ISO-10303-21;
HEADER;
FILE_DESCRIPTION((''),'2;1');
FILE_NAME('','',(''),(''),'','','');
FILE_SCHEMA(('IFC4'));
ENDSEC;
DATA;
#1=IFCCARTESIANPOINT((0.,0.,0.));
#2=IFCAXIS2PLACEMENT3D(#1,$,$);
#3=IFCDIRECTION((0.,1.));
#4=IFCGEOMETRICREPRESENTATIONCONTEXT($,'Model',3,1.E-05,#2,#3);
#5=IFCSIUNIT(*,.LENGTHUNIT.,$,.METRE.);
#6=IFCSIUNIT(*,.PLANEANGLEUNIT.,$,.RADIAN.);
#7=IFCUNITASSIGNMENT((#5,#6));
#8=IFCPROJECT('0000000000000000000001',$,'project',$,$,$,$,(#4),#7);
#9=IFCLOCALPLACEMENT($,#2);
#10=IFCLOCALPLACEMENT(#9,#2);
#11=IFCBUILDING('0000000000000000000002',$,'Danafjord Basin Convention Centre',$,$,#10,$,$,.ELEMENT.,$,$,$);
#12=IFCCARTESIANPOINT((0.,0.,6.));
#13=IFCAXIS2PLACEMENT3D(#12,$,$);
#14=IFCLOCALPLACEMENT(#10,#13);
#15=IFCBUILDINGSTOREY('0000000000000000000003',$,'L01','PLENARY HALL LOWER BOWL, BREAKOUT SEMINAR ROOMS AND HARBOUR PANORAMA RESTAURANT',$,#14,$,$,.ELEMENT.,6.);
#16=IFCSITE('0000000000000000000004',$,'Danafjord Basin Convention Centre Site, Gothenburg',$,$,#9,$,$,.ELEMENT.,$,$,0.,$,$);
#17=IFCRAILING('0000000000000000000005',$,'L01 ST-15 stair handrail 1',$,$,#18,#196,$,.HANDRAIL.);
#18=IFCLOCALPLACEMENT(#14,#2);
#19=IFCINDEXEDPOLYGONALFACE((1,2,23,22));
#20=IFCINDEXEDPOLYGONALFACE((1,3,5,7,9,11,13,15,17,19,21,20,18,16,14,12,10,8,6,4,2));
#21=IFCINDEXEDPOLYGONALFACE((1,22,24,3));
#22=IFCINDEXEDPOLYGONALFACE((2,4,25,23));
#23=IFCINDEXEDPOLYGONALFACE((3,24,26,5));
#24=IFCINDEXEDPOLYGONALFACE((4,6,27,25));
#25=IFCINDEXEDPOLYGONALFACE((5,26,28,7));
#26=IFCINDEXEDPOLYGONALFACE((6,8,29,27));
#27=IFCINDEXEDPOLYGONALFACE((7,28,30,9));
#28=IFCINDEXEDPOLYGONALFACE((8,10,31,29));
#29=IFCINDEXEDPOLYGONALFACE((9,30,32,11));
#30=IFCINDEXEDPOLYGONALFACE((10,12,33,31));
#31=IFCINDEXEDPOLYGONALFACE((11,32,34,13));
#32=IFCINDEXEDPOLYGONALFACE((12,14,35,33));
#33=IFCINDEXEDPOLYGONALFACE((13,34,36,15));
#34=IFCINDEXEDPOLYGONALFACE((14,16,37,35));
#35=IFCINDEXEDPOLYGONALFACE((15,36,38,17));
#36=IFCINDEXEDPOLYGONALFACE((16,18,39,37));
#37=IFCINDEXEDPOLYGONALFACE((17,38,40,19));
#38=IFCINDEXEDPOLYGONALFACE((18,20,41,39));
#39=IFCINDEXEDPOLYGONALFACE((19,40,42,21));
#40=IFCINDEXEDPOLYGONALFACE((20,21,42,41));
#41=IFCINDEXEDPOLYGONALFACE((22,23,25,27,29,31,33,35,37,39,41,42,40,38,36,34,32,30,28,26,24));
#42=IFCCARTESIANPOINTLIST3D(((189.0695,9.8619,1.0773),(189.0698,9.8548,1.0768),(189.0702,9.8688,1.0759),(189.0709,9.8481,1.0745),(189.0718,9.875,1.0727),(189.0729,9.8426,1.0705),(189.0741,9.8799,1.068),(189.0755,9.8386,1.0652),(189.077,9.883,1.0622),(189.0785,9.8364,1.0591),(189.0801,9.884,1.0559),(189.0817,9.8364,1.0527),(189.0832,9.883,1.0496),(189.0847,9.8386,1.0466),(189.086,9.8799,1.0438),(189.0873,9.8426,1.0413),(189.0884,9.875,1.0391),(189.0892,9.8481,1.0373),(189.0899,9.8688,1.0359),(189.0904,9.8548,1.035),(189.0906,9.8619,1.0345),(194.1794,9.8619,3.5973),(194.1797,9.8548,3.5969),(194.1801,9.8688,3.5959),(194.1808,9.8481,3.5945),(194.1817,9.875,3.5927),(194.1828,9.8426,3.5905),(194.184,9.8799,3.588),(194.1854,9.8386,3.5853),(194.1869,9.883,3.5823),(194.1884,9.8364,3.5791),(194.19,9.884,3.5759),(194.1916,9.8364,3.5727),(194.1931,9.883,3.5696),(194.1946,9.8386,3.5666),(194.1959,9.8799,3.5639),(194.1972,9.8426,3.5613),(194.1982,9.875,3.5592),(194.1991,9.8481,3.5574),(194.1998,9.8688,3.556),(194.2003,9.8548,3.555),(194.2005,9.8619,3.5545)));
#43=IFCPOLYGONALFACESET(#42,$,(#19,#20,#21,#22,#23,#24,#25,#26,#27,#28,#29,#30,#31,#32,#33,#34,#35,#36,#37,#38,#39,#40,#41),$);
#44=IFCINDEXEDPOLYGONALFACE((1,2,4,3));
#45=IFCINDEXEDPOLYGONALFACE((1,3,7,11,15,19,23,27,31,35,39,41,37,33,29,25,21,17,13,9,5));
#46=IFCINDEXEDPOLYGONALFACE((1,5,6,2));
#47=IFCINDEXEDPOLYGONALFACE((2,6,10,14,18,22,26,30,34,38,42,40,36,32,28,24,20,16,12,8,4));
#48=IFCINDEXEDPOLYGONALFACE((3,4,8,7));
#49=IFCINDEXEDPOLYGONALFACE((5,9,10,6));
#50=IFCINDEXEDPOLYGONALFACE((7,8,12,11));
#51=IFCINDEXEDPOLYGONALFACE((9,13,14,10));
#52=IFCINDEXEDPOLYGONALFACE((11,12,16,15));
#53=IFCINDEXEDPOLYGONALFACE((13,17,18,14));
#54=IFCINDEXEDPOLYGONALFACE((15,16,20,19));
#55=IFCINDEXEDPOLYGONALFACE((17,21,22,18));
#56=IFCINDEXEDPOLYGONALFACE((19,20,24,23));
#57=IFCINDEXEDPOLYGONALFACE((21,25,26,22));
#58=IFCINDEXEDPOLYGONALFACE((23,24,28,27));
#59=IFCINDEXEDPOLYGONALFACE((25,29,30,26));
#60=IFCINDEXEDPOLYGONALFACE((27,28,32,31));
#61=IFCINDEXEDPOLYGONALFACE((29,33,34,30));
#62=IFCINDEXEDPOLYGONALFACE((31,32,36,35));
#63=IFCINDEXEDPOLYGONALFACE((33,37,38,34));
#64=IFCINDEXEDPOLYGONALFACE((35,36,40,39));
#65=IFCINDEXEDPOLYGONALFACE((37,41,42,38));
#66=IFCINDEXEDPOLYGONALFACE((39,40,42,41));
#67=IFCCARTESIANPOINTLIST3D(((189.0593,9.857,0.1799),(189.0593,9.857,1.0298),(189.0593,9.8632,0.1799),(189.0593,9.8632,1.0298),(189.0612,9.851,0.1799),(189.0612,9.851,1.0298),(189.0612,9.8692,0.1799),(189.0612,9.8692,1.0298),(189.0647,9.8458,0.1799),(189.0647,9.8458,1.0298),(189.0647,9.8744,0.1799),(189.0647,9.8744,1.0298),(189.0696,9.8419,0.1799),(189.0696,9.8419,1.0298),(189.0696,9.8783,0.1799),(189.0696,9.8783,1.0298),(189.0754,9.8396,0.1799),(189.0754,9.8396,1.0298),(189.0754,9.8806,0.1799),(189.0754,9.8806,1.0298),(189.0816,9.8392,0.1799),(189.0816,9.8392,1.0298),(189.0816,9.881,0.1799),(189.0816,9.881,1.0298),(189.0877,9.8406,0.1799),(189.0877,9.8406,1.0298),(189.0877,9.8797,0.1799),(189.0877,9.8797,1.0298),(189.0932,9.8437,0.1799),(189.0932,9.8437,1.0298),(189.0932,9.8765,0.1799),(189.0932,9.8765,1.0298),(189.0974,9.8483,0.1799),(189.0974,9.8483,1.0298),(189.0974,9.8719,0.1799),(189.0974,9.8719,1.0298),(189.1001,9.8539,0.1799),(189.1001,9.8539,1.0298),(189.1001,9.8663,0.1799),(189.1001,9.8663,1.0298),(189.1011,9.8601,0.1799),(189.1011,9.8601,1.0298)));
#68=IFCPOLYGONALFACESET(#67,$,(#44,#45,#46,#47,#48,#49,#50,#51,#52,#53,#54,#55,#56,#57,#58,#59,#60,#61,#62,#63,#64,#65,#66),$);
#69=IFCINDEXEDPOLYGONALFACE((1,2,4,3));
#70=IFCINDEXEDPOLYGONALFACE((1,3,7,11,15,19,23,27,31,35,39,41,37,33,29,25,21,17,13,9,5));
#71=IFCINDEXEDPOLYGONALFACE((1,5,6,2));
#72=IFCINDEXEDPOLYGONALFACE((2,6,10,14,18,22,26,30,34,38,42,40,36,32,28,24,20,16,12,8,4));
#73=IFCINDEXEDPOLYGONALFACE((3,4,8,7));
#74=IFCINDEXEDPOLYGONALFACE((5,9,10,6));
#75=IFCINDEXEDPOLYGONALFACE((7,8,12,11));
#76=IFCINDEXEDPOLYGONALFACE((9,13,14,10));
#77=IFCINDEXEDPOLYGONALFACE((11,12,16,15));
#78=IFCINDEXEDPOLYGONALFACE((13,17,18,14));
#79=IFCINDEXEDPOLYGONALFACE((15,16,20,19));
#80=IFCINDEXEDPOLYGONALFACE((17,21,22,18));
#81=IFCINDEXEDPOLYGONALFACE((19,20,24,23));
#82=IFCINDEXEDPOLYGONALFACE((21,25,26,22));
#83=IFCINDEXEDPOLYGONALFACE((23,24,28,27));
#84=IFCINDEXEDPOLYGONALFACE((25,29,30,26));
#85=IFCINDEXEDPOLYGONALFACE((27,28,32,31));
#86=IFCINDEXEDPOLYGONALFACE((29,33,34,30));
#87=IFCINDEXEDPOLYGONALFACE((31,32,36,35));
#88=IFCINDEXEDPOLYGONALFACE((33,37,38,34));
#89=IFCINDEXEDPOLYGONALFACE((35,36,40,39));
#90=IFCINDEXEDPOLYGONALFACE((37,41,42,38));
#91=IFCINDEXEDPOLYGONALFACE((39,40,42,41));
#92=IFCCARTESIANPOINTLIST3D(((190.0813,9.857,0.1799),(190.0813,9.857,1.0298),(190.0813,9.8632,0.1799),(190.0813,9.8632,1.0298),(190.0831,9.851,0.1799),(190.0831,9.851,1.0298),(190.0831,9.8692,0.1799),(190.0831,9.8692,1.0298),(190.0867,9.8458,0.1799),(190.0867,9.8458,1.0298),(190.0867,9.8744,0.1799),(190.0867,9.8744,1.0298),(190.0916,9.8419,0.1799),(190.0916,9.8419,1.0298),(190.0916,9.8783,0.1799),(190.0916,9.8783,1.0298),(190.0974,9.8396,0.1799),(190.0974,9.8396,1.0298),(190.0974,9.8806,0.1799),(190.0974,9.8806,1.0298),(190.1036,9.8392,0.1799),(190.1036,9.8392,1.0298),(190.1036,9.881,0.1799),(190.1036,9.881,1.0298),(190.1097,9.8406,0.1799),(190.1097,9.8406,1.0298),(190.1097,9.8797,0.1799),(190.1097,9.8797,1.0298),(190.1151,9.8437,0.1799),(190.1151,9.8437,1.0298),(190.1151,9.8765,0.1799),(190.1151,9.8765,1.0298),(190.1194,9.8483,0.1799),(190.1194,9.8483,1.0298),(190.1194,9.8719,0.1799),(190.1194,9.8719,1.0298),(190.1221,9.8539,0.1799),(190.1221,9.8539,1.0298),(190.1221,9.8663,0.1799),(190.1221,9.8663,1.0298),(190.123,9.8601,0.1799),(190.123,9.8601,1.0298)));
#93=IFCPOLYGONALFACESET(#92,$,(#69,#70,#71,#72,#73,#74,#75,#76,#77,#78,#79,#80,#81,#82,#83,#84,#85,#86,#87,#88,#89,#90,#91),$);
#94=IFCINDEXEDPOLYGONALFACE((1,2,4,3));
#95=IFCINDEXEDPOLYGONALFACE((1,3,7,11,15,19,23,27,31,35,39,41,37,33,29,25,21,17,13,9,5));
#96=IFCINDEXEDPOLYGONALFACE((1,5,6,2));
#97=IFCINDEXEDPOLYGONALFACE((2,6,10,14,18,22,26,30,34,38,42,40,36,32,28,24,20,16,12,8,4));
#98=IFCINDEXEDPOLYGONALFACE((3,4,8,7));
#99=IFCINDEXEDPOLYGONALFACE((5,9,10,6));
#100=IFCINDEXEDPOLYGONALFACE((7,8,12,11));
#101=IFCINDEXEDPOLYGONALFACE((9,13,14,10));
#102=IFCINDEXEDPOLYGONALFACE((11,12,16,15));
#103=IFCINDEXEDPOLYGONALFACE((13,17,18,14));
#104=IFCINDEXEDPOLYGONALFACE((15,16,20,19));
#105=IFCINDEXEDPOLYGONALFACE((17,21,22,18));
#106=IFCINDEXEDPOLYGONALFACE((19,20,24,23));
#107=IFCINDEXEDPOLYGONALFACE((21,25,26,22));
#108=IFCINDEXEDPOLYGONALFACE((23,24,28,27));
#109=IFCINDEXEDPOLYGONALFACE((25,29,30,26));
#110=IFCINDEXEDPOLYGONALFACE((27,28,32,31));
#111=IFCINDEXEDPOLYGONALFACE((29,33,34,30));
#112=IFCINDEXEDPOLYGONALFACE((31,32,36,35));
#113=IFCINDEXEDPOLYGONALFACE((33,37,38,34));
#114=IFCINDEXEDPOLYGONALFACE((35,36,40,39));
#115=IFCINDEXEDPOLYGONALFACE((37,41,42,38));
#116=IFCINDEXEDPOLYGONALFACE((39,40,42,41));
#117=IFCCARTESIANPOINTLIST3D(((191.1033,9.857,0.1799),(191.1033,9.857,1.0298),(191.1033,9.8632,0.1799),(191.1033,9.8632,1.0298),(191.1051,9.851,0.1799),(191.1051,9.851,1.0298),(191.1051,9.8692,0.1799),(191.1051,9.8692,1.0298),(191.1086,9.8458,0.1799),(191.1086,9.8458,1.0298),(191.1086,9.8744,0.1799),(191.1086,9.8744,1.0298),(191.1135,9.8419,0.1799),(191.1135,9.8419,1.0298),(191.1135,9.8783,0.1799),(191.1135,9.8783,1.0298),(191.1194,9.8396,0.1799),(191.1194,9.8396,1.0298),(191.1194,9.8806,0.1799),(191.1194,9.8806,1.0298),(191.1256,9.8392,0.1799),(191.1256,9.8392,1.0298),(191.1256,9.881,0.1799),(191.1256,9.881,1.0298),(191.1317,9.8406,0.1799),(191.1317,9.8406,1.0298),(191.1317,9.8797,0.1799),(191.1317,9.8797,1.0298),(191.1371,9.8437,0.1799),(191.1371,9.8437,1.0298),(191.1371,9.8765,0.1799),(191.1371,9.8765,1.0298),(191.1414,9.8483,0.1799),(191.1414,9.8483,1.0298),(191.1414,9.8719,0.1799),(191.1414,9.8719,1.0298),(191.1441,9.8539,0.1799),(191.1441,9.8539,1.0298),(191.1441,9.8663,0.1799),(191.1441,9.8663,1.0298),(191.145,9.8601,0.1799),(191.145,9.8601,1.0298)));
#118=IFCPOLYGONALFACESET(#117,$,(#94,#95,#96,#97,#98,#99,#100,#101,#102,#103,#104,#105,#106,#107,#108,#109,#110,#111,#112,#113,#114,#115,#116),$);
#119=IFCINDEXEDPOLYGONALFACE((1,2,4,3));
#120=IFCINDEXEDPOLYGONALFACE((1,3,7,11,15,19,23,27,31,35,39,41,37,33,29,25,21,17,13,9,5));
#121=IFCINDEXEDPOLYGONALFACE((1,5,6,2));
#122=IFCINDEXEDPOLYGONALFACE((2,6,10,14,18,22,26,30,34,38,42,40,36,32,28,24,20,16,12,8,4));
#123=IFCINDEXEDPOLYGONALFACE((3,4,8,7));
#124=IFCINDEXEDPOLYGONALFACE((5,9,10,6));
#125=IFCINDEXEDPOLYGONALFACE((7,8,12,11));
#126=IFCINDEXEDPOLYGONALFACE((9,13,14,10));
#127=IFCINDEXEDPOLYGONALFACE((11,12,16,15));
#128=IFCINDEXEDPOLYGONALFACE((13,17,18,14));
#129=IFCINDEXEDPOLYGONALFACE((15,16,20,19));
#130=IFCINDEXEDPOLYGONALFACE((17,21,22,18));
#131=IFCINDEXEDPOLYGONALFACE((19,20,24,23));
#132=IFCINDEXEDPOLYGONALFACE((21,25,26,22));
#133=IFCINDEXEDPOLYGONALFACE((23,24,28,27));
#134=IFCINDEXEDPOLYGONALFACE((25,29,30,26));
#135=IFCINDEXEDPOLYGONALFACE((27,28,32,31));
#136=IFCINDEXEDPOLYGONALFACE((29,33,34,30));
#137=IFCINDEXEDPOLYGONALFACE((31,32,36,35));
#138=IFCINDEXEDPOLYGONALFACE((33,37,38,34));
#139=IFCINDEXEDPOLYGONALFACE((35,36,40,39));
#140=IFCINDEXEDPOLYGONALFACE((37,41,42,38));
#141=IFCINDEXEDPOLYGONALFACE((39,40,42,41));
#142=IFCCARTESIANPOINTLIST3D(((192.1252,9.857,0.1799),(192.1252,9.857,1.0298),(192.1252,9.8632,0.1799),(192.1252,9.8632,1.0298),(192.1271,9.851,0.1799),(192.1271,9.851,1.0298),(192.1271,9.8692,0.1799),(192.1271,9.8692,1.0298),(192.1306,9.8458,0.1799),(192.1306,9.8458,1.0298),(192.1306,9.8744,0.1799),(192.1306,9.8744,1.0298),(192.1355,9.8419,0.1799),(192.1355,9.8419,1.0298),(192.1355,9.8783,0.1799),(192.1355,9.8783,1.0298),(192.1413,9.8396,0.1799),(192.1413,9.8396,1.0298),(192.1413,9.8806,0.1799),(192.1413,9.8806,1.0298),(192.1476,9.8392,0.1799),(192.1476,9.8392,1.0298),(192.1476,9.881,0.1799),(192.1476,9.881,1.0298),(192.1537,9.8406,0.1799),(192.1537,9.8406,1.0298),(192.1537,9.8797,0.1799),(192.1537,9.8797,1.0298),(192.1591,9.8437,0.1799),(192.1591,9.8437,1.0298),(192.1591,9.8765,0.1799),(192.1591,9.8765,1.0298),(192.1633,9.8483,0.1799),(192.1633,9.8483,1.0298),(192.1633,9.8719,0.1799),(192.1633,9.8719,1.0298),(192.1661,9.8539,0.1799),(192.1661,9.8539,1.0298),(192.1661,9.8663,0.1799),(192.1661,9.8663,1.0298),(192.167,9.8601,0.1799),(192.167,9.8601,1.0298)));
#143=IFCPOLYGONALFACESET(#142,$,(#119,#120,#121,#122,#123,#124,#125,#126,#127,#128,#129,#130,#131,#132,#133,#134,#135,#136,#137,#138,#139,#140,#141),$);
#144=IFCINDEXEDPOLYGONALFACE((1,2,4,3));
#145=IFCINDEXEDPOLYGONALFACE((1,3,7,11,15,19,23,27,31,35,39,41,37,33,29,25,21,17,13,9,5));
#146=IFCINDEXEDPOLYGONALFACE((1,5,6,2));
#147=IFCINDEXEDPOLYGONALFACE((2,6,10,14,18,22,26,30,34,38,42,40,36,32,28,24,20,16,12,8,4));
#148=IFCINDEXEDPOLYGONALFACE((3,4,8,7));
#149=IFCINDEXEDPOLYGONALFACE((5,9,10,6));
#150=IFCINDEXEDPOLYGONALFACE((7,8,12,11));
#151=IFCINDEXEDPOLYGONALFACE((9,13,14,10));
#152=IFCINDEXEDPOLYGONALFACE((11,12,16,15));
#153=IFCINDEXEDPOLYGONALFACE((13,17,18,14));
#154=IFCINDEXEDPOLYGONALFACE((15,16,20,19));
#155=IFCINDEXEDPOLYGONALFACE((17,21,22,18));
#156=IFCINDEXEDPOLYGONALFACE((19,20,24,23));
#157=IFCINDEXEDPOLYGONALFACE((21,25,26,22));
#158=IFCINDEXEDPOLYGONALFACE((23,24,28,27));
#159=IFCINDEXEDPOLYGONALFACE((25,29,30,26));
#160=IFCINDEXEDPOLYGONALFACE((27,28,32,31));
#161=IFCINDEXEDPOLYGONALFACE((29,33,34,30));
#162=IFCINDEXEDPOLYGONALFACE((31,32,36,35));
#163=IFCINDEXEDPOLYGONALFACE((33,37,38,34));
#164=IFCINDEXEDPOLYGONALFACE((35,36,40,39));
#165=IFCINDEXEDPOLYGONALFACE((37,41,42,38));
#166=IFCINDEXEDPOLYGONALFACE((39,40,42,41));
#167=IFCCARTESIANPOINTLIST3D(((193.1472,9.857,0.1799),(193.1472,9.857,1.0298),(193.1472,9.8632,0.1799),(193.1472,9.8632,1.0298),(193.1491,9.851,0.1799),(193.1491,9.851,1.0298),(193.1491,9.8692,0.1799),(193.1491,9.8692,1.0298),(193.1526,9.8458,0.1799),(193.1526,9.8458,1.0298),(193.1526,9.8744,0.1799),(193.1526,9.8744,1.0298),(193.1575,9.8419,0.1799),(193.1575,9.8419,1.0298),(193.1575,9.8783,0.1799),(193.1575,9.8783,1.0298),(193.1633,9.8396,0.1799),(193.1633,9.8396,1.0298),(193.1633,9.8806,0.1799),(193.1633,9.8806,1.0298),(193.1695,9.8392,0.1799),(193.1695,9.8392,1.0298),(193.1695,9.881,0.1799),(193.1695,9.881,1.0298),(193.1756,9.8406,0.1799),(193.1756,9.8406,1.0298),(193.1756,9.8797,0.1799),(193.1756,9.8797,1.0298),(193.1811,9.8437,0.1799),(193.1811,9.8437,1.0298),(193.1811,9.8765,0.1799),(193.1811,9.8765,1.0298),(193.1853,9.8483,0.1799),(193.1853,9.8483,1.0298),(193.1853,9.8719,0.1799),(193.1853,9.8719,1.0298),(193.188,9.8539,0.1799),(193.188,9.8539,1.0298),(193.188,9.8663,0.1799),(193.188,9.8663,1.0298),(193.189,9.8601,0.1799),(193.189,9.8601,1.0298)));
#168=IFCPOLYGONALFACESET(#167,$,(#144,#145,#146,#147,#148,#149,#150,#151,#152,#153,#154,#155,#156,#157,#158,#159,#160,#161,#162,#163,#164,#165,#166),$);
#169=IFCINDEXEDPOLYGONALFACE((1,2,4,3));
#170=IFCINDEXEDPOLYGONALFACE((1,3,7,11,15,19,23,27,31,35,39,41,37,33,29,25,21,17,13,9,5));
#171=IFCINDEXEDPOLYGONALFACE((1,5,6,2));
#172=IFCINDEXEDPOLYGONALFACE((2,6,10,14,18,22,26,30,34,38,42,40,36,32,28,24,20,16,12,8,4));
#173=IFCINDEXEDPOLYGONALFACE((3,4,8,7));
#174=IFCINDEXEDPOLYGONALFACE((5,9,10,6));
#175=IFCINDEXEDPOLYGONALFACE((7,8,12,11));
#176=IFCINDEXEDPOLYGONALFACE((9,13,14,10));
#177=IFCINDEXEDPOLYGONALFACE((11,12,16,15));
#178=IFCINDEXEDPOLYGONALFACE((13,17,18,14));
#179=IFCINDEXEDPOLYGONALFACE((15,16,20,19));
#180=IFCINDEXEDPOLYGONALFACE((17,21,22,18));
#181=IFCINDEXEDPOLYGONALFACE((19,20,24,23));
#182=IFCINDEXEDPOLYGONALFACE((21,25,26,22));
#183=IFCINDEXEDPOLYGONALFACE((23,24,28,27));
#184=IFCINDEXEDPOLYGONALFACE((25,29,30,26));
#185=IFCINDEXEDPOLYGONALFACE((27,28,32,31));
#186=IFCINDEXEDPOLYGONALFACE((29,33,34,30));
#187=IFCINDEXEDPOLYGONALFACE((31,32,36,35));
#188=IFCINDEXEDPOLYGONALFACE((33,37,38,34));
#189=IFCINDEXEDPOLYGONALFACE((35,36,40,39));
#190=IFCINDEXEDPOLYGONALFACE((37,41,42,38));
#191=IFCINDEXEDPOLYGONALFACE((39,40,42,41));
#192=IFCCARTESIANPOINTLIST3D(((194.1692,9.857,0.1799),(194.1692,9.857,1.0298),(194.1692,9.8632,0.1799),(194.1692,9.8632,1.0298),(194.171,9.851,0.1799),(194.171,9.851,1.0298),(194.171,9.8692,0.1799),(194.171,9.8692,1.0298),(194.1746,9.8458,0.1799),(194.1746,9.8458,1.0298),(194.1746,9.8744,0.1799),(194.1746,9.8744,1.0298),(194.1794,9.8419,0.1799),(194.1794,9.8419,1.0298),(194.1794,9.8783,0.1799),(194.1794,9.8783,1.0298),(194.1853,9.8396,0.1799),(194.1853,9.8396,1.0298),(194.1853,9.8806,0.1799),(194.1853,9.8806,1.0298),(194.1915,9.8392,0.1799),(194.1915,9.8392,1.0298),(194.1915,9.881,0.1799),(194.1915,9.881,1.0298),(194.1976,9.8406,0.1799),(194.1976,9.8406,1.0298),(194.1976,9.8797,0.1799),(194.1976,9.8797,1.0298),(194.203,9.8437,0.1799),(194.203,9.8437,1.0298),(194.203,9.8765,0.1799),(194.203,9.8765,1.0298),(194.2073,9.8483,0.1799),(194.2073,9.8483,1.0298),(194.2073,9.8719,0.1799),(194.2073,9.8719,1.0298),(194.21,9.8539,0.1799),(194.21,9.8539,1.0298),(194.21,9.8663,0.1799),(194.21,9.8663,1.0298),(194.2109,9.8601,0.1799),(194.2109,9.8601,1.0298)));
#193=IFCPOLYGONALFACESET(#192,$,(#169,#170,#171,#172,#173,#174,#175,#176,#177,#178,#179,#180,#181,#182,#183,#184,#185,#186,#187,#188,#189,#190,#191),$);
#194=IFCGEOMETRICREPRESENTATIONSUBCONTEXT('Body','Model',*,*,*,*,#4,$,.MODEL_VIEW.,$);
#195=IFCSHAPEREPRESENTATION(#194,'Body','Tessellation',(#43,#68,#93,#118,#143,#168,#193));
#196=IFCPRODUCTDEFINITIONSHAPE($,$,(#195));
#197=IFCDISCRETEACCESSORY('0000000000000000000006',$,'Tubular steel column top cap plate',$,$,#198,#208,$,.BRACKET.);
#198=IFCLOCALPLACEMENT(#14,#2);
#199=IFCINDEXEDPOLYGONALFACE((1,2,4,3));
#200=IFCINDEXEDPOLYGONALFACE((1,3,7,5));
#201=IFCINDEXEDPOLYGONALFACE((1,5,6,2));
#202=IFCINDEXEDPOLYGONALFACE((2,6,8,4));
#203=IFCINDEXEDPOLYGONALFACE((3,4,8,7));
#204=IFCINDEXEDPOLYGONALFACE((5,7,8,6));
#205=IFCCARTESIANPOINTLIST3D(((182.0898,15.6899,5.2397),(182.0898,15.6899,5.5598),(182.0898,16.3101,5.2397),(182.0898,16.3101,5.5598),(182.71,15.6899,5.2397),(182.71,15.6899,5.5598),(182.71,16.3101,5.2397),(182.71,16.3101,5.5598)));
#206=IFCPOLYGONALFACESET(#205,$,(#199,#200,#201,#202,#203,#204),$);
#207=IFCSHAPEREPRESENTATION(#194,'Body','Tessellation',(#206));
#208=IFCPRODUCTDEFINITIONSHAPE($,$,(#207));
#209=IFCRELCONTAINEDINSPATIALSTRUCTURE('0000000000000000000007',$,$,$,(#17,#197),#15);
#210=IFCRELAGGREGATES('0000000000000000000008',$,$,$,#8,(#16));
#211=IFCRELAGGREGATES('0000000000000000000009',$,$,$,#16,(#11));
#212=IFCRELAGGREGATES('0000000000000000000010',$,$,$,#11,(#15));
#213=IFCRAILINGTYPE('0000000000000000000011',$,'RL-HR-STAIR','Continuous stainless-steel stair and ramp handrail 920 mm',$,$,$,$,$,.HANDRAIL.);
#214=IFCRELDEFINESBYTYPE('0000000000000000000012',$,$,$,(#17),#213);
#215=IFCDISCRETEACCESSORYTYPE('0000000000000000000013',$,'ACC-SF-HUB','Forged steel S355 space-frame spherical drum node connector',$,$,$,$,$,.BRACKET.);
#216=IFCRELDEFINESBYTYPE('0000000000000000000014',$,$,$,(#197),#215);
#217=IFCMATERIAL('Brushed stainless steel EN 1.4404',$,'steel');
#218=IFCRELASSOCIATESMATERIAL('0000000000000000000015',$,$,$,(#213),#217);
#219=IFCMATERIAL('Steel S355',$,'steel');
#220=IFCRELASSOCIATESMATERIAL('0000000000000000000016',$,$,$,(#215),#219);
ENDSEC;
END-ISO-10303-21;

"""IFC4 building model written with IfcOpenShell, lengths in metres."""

from ifc_helpers import new_model, si_unit, direction, frame, origin, origin_2d, place, context, subcontext, project, spatial, rectangle, circle, extrude, material, type_object, element, save


model = new_model("IFC4")

# Units and contexts
model_context = context("Model", 3, precision=1e-05, world=origin(), true_north=direction((0.0, 1.0)))
body_context = subcontext(model_context, "Body", "Model", "MODEL_VIEW")
ifc_project = project(units=[si_unit("LENGTHUNIT", "METRE"), si_unit("PLANEANGLEUNIT", "RADIAN")], contexts=[model_context])

# Site, building, storey
site_placement = place(None, origin())
site = spatial("IfcSite", under=ifc_project, at=site_placement, Name="Danafjord Basin Convention Centre Site, Gothenburg", CompositionType="ELEMENT", RefElevation=0.0)
building_placement = place(site_placement, origin())
building = spatial("IfcBuilding", under=site, at=building_placement, Name="Danafjord Basin Convention Centre", CompositionType="ELEMENT")
storey_placement = place(building_placement, frame((0.0, 0.0, 6.0)))
storey = spatial("IfcBuildingStorey", under=building, at=storey_placement, Name="L01", Description="PLENARY HALL LOWER BOWL, BREAKOUT SEMINAR ROOMS AND HARBOUR PANORAMA RESTAURANT", CompositionType="ELEMENT", Elevation=6.0)

# Shared definitions
ifc_material_1 = material(Name="Steel S355", Category="steel")

# Railing
ifc_material_2 = material(Name="Brushed stainless steel EN 1.4404", Category="steel")
railing_type_1 = type_object("IfcRailingType", Name="RL-HR-STAIR", Description="Continuous stainless-steel stair and ramp handrail 920 mm", PredefinedType="HANDRAIL", material=ifc_material_2)
railing_1_placement = place(storey_placement, frame((189.0801, 9.8601, 0.1799)))
element("IfcRailing", 1, at=railing_1_placement, inside=storey, type_object=railing_type_1, Name="L01 ST-15 stair handrail 1", PredefinedType="HANDRAIL", context=body_context, shape_type="SweptSolid", body=[
    extrude(circle(Radius=0.0239, at=origin_2d()), frame((0.0, 0.0, 0.876), z_axis=(0.896865, 0.0, 0.442305), x_axis=(0.0, 1.0, 0.0)), (0.0, 0.0, 1.0), 5.6975),
    extrude(circle(Radius=0.021, at=origin_2d()), origin(), (0.0, 0.0, 1.0), 0.8499),
    extrude(circle(Radius=0.021, at=origin_2d()), frame((1.022, 0.0, 0.0)), (0.0, 0.0, 1.0), 0.8499),
    extrude(circle(Radius=0.021, at=origin_2d()), frame((2.0439, 0.0, 0.0)), (0.0, 0.0, 1.0), 0.8499),
    extrude(circle(Radius=0.021, at=origin_2d()), frame((3.0659, 0.0, 0.0)), (0.0, 0.0, 1.0), 0.8499),
    extrude(circle(Radius=0.021, at=origin_2d()), frame((4.0879, 0.0, 0.0)), (0.0, 0.0, 1.0), 0.8499),
    extrude(circle(Radius=0.021, at=origin_2d()), frame((5.1099, 0.0, 0.0)), (0.0, 0.0, 1.0), 0.8499),
])

# Discrete accessory
discrete_accessory_type = type_object("IfcDiscreteAccessoryType", Name="ACC-SF-HUB", Description="Forged steel S355 space-frame spherical drum node connector", PredefinedType="BRACKET", material=ifc_material_1)
discrete_accessory_placement = place(storey_placement, frame((182.3999, 16.0, 5.2397), z_axis=(0.0, 0.0, 1.0), x_axis=(1.0, 0.0, 0.0)))
element("IfcDiscreteAccessory", 2, at=discrete_accessory_placement, inside=storey, type_object=discrete_accessory_type, Name="Tubular steel column top cap plate", PredefinedType="BRACKET", context=body_context, shape_type="SweptSolid", body=[
    extrude(rectangle(XDim=0.6201, YDim=0.6201, at=origin_2d()), origin(), (0.0, 0.0, 1.0), 0.3201),
])

save(model, "model.ifc")
